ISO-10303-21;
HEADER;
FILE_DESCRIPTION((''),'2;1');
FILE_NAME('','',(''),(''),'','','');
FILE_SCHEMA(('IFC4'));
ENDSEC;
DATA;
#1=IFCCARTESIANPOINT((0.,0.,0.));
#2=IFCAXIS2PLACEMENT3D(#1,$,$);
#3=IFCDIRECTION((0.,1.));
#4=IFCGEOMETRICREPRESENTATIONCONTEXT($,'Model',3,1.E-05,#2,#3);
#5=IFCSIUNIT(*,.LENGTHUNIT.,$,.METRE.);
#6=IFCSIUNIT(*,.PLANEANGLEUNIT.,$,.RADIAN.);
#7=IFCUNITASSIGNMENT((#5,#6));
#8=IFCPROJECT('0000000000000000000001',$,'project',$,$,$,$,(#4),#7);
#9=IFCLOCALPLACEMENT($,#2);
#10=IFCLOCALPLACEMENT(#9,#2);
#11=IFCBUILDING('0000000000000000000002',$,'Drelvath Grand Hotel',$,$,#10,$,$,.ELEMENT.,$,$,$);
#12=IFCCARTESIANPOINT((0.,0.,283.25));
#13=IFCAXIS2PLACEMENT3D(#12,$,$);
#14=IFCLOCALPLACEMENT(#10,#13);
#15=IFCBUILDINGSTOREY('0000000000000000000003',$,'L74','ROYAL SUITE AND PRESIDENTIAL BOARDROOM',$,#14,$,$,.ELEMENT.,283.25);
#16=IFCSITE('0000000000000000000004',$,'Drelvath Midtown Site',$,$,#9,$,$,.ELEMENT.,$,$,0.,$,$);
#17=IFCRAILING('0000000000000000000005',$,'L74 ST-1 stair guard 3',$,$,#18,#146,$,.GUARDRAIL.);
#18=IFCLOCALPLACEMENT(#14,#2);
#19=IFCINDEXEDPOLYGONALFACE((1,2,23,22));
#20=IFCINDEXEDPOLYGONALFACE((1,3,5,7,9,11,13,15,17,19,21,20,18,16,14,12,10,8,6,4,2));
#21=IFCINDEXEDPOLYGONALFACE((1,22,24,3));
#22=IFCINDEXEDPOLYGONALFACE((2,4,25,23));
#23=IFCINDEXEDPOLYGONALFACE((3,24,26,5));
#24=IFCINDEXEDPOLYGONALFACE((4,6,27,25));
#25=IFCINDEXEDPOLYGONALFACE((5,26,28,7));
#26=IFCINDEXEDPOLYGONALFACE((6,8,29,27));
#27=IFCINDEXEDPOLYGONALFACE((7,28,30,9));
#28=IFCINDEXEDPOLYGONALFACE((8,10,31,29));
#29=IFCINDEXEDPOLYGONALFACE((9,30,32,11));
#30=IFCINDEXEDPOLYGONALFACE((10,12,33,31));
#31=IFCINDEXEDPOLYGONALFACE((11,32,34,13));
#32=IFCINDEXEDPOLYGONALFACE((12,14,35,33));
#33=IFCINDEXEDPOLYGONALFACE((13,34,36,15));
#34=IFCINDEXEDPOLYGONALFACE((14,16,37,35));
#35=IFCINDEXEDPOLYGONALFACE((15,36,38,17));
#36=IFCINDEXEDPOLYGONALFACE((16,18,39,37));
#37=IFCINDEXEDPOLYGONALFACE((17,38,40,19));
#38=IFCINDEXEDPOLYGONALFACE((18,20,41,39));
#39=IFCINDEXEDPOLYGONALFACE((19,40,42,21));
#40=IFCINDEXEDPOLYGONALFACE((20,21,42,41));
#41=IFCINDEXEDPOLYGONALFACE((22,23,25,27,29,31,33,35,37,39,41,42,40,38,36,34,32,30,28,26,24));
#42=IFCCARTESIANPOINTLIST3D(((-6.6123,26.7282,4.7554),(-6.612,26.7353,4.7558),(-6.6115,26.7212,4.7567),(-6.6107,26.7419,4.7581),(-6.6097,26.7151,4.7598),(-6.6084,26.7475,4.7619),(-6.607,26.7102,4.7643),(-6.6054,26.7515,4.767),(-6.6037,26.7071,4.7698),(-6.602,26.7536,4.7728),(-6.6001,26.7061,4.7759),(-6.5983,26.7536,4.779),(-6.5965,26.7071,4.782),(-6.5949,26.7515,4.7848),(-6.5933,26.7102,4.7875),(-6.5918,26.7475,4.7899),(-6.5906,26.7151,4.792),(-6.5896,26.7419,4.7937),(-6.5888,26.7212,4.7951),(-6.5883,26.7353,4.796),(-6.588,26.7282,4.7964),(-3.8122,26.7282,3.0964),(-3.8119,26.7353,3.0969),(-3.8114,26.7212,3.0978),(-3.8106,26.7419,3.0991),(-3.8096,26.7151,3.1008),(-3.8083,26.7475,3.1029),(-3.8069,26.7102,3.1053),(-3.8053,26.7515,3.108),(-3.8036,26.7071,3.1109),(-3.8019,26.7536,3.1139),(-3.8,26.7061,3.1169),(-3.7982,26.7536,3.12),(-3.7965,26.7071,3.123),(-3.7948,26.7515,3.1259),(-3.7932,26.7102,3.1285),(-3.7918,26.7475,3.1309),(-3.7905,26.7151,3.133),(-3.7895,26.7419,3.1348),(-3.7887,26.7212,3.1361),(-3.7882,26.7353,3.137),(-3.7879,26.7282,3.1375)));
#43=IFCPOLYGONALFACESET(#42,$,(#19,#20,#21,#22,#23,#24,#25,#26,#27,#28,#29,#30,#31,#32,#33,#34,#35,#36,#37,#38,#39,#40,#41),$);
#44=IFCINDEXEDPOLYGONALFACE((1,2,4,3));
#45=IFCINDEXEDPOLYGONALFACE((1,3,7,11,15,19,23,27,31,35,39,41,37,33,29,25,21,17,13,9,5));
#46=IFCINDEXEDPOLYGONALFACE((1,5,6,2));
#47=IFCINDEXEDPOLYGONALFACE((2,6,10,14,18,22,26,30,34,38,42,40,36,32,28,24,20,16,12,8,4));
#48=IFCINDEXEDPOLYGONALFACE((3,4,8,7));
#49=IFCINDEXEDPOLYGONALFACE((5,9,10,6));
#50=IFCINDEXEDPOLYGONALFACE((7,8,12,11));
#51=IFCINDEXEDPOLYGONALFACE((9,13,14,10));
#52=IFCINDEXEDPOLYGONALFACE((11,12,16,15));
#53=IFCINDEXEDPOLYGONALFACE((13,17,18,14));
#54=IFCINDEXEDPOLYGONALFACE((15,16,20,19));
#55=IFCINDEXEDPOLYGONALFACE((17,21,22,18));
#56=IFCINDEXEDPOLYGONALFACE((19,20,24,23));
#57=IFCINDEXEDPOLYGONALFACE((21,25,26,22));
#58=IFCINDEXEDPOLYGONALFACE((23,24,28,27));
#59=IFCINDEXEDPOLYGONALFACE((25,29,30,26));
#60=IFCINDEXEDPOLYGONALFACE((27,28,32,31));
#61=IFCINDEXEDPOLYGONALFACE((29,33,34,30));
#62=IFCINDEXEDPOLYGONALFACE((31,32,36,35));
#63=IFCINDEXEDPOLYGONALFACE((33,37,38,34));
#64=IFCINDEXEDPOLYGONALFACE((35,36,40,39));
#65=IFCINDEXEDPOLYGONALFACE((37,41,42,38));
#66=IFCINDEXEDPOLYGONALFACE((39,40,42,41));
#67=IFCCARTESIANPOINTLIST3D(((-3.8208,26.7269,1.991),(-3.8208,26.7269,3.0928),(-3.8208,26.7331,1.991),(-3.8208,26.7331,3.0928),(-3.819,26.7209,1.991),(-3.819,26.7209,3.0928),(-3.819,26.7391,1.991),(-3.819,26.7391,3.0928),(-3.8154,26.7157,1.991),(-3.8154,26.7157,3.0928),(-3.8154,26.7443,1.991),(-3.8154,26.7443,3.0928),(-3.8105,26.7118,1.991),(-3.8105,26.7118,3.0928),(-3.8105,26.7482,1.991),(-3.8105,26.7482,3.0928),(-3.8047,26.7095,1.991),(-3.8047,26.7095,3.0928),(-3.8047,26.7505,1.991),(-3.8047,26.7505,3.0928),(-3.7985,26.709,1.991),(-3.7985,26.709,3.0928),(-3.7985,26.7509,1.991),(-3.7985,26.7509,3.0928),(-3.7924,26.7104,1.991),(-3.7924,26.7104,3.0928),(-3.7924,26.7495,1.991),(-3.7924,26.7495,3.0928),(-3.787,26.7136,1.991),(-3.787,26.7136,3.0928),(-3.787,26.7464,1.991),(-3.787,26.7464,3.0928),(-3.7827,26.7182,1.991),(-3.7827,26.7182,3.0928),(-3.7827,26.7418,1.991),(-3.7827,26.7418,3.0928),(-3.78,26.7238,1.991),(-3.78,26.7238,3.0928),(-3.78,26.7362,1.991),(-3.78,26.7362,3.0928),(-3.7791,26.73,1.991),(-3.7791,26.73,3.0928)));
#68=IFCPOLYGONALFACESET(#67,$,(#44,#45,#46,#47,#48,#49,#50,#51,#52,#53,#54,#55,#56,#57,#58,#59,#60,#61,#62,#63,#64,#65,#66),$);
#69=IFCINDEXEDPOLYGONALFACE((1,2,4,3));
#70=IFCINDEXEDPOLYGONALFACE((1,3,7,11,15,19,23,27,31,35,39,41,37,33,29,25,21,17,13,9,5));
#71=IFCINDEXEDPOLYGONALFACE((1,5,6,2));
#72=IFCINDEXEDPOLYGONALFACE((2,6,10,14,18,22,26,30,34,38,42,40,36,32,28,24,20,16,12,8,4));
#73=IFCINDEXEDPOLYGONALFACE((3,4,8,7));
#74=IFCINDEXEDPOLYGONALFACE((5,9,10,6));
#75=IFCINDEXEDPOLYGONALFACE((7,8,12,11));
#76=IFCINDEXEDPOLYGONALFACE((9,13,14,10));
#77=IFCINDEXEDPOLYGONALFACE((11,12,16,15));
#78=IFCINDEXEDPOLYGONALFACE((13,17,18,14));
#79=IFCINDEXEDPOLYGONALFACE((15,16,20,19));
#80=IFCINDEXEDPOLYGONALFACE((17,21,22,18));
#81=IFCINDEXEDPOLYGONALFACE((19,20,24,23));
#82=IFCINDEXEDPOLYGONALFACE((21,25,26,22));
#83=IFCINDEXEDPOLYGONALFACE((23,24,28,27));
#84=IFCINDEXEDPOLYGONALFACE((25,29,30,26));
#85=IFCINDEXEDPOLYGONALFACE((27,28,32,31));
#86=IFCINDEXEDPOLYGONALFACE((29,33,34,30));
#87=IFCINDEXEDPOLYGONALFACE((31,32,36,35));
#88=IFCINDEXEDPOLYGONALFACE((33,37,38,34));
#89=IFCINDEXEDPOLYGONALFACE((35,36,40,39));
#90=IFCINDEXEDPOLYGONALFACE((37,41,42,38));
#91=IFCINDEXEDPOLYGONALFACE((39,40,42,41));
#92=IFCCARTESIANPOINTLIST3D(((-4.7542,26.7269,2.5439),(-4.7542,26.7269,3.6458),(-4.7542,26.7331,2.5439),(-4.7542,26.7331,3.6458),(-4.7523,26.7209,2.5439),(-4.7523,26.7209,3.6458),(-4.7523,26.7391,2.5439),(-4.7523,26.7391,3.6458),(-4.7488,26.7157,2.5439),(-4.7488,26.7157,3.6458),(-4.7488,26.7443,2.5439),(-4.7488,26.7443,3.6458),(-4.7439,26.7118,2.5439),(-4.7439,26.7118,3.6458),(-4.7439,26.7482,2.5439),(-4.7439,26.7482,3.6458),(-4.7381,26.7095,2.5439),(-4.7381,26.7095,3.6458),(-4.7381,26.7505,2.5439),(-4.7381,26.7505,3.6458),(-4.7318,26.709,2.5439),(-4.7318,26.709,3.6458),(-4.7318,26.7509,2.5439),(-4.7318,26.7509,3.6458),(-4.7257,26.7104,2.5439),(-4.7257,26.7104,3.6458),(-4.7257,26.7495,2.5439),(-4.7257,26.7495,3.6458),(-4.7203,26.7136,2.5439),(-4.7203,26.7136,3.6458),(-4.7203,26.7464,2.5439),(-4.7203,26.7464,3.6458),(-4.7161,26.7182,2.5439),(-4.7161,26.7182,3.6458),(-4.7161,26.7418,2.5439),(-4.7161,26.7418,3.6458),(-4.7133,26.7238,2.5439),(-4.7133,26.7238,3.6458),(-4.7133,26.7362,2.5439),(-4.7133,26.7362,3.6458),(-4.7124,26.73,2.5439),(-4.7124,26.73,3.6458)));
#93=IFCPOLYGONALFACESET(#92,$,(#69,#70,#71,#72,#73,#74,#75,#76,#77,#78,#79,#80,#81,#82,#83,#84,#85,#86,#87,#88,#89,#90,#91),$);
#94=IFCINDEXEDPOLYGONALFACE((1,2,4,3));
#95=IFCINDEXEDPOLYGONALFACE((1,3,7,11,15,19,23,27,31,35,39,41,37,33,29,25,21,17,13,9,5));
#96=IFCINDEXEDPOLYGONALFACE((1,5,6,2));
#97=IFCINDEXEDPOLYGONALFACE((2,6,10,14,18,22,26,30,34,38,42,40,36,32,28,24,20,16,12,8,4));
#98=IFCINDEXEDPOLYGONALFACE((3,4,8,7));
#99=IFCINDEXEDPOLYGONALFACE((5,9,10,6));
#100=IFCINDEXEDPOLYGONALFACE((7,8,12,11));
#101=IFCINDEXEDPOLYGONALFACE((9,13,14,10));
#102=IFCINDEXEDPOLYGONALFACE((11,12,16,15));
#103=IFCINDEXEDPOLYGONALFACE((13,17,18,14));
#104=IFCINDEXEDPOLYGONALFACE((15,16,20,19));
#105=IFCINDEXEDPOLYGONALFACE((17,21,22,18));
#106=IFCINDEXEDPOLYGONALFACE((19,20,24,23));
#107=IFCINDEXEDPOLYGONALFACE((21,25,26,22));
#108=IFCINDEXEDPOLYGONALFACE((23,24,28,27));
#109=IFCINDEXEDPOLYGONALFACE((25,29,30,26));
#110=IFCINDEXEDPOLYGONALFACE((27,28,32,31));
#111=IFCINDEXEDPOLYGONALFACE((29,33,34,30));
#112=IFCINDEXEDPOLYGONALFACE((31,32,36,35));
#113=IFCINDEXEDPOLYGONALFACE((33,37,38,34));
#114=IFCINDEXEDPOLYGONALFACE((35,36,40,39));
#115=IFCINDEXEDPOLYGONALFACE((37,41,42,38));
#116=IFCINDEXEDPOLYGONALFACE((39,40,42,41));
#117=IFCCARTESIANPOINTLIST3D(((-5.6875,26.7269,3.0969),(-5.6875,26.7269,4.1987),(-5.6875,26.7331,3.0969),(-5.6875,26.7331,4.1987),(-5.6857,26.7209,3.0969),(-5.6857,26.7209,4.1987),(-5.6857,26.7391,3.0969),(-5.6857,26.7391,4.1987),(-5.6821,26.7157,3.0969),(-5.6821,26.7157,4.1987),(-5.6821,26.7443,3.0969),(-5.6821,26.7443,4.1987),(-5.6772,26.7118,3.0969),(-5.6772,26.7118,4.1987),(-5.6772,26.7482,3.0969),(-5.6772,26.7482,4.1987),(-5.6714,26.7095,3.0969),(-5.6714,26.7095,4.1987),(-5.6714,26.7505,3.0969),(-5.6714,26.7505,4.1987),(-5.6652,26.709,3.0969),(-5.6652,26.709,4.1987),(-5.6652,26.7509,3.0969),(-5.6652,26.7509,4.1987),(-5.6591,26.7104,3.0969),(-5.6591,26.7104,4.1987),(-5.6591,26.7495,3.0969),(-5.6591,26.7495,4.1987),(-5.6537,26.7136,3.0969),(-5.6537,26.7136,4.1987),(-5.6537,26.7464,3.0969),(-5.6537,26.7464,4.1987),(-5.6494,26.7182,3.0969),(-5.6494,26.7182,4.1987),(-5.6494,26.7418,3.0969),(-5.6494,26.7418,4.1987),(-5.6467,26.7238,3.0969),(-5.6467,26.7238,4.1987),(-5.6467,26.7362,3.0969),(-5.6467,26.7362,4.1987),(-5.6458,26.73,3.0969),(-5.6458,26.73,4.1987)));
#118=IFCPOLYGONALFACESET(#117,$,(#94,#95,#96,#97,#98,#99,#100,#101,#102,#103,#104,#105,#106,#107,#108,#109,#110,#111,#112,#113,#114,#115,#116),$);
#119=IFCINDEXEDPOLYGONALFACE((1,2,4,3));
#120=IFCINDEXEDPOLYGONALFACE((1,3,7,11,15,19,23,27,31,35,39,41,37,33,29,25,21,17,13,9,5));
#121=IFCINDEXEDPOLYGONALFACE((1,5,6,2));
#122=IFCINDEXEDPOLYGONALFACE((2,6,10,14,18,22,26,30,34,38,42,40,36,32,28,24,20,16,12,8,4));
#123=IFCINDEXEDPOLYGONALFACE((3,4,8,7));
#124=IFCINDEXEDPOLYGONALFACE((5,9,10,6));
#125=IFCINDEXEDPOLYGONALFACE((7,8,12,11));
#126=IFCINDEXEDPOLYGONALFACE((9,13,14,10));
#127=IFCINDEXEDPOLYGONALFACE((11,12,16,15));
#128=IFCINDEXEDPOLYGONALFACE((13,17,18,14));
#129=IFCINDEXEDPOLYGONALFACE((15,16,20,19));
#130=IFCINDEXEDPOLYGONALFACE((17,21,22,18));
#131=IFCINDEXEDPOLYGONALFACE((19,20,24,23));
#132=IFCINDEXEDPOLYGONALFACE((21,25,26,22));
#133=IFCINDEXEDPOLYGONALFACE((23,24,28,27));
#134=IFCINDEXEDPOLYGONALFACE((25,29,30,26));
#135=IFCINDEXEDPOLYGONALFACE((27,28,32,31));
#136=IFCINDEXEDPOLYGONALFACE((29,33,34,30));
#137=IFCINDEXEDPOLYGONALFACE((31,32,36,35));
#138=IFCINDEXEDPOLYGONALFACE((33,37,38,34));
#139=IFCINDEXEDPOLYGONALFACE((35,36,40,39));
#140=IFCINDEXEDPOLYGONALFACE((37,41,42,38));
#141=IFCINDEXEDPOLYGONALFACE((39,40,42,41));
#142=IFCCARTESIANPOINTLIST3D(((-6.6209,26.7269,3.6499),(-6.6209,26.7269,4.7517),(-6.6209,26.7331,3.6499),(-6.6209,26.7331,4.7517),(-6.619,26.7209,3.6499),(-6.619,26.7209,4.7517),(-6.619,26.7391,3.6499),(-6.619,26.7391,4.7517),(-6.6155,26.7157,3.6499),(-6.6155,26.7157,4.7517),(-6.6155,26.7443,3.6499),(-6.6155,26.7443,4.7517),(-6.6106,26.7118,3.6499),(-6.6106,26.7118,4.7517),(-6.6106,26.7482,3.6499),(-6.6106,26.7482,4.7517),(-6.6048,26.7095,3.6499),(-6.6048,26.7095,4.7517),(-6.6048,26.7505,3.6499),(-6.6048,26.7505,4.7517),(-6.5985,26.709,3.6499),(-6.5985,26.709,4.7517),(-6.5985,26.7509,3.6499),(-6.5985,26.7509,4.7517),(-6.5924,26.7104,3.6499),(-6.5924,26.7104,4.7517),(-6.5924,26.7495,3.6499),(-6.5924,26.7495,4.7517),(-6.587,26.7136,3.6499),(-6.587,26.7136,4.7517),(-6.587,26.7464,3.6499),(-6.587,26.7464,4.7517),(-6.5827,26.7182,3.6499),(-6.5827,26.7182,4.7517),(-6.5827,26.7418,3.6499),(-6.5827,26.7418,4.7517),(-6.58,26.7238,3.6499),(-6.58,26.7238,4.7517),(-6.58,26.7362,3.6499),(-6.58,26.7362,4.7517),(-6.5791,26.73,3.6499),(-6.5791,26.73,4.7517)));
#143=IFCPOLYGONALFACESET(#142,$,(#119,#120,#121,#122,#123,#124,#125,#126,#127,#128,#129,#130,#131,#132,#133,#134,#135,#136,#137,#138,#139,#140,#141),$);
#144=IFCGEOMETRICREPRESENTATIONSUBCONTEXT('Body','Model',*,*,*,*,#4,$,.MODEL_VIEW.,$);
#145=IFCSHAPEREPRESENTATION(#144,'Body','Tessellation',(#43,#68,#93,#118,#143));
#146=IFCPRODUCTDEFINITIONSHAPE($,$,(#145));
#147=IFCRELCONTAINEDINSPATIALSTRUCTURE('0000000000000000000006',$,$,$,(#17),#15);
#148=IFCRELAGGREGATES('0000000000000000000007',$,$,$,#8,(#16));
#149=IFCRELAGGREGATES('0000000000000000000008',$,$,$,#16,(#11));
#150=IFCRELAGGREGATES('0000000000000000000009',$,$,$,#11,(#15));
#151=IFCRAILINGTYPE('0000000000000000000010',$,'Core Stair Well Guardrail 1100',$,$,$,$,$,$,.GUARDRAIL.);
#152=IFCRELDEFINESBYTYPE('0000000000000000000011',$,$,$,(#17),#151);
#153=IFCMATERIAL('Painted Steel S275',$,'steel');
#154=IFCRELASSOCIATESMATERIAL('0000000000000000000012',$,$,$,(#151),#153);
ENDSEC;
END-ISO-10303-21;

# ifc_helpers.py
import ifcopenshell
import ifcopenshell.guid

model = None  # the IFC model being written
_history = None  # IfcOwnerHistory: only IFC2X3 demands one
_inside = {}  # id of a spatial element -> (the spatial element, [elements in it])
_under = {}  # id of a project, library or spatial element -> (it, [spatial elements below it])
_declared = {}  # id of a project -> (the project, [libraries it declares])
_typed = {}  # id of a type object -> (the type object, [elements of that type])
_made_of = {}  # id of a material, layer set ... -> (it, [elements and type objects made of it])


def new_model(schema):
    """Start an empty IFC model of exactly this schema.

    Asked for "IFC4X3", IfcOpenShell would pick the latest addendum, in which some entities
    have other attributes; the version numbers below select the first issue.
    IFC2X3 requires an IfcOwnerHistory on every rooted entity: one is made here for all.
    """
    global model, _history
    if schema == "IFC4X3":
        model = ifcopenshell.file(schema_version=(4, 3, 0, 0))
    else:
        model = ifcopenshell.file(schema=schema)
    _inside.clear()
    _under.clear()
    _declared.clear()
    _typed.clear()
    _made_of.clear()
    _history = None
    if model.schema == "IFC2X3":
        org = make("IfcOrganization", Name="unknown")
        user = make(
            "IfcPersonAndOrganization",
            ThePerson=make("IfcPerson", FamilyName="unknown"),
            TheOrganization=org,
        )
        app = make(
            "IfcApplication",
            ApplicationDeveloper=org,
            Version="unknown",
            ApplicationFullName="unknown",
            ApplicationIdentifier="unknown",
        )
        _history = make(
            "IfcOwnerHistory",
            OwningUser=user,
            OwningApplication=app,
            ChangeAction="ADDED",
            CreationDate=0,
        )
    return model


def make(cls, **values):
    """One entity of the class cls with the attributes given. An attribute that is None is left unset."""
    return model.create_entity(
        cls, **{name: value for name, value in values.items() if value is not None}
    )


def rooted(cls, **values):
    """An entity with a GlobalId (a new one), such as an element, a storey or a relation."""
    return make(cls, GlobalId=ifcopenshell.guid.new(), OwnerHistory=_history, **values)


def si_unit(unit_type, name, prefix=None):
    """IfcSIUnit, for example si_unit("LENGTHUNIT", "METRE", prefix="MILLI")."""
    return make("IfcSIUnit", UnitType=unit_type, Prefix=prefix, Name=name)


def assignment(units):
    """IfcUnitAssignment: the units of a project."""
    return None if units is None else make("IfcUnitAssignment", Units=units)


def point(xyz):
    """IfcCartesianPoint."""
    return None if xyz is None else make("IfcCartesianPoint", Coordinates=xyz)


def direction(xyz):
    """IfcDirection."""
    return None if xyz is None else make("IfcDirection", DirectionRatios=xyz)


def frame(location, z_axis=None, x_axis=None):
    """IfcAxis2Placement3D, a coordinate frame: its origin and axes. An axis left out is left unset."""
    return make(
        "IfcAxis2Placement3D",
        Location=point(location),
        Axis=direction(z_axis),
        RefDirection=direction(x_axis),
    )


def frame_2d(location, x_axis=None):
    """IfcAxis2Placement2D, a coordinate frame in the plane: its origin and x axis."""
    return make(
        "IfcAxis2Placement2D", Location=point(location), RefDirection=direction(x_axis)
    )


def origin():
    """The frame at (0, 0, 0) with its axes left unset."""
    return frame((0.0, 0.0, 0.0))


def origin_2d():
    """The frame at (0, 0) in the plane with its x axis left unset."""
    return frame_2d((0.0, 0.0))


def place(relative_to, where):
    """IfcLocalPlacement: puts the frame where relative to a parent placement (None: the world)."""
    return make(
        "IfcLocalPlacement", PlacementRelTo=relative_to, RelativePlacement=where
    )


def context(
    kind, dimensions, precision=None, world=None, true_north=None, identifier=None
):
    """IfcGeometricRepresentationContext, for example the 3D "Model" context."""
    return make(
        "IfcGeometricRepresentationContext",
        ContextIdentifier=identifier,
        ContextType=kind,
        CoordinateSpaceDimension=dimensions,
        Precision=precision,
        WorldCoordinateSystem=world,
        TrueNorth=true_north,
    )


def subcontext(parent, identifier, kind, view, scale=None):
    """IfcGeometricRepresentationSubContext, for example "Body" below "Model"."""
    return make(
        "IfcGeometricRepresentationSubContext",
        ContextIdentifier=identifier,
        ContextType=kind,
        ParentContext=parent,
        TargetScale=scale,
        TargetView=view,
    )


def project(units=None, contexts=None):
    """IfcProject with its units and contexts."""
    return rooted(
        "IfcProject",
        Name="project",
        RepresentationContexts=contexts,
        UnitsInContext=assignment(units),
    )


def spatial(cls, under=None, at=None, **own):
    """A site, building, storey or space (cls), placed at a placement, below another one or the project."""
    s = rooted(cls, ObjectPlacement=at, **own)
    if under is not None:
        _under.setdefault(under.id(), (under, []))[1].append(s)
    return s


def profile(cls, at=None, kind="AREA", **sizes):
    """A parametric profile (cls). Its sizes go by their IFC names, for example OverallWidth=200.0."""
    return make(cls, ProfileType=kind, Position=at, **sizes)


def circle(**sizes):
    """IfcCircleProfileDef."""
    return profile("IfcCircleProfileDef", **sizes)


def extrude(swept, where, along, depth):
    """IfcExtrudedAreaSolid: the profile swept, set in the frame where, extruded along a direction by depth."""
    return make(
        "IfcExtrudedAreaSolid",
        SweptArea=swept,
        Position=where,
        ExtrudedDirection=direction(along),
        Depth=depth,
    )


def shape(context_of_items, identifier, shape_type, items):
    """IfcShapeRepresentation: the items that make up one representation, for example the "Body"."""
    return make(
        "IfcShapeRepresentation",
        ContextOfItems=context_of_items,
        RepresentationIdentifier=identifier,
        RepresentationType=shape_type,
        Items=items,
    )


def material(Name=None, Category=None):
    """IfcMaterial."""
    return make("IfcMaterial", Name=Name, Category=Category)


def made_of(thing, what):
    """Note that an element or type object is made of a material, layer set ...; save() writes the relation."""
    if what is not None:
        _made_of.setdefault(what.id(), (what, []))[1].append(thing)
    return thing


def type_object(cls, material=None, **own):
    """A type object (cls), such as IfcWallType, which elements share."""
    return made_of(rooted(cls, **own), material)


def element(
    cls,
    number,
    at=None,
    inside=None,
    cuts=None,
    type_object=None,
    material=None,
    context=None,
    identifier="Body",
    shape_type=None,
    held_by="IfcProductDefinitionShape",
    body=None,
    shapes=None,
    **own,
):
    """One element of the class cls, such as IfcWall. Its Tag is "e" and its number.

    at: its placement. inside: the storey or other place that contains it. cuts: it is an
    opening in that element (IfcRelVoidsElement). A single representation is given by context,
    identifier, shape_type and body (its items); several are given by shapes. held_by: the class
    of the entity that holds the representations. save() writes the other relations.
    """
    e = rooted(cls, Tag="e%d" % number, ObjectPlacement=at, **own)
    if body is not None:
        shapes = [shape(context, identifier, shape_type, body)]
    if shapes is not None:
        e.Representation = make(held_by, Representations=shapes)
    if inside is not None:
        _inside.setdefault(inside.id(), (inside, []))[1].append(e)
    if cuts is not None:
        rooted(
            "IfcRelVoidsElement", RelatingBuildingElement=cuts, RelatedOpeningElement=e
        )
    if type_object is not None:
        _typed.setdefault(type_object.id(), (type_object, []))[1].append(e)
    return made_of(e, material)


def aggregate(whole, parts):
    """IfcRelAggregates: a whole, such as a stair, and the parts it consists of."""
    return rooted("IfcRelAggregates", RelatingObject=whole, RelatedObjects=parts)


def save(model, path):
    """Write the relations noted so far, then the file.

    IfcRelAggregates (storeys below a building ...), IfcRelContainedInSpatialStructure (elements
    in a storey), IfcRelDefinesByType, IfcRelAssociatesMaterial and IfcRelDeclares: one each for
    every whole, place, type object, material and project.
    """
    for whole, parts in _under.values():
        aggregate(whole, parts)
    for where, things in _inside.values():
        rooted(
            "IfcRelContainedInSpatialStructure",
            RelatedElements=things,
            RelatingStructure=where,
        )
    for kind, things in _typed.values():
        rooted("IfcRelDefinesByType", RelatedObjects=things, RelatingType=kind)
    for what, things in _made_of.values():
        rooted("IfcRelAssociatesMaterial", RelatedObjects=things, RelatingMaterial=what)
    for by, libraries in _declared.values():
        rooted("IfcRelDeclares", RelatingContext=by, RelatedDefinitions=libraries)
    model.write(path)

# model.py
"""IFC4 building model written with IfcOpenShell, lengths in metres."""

from ifc_helpers import new_model, si_unit, direction, frame, origin, origin_2d, place, context, subcontext, project, spatial, circle, extrude, material, type_object, element, save


model = new_model("IFC4")

# Units and contexts
model_context = context("Model", 3, precision=1e-05, world=origin(), true_north=direction((0.0, 1.0)))
body_context = subcontext(model_context, "Body", "Model", "MODEL_VIEW")
ifc_project = project(units=[si_unit("LENGTHUNIT", "METRE"), si_unit("PLANEANGLEUNIT", "RADIAN")], contexts=[model_context])

# Site, building, storey
site_placement = place(None, origin())
site = spatial("IfcSite", under=ifc_project, at=site_placement, Name="Drelvath Midtown Site", CompositionType="ELEMENT", RefElevation=0.0)
building_placement = place(site_placement, origin())
building = spatial("IfcBuilding", under=site, at=building_placement, Name="Drelvath Grand Hotel", CompositionType="ELEMENT")
storey_placement = place(building_placement, frame((0.0, 0.0, 283.25)))
storey = spatial("IfcBuildingStorey", under=building, at=storey_placement, Name="L74", Description="ROYAL SUITE AND PRESIDENTIAL BOARDROOM", CompositionType="ELEMENT", Elevation=283.25)

# Shared definitions
ifc_material_1 = material(Name="Painted Steel S275", Category="steel")

# Railing
railing_type_1 = type_object("IfcRailingType", Name="Core Stair Well Guardrail 1100", PredefinedType="GUARDRAIL", material=ifc_material_1)
railing_1_placement = place(storey_placement, frame((-3.8, 26.73, 1.991)))
element("IfcRailing", 1, at=railing_1_placement, inside=storey, type_object=railing_type_1, Name="L74 ST-1 stair guard 3", PredefinedType="GUARDRAIL", context=body_context, shape_type="SweptSolid", body=[
    extrude(circle(Radius=0.0239, at=origin_2d()), frame((0.0, 0.0, 1.126), z_axis=(-0.860339, 0.0, 0.509722), x_axis=(0.0, -1.0, 0.0)), (0.0, 0.0, 1.0), 3.2546),
    extrude(circle(Radius=0.021, at=origin_2d()), origin(), (0.0, 0.0, 1.0), 1.1018),
    extrude(circle(Radius=0.021, at=origin_2d()), frame((-0.9333, 0.0, 0.553)), (0.0, 0.0, 1.0), 1.1018),
    extrude(circle(Radius=0.021, at=origin_2d()), frame((-1.8667, 0.0, 1.106)), (0.0, 0.0, 1.0), 1.1018),
    extrude(circle(Radius=0.021, at=origin_2d()), frame((-2.8, 0.0, 1.6589)), (0.0, 0.0, 1.0), 1.1018),
])

save(model, "model.ifc")
